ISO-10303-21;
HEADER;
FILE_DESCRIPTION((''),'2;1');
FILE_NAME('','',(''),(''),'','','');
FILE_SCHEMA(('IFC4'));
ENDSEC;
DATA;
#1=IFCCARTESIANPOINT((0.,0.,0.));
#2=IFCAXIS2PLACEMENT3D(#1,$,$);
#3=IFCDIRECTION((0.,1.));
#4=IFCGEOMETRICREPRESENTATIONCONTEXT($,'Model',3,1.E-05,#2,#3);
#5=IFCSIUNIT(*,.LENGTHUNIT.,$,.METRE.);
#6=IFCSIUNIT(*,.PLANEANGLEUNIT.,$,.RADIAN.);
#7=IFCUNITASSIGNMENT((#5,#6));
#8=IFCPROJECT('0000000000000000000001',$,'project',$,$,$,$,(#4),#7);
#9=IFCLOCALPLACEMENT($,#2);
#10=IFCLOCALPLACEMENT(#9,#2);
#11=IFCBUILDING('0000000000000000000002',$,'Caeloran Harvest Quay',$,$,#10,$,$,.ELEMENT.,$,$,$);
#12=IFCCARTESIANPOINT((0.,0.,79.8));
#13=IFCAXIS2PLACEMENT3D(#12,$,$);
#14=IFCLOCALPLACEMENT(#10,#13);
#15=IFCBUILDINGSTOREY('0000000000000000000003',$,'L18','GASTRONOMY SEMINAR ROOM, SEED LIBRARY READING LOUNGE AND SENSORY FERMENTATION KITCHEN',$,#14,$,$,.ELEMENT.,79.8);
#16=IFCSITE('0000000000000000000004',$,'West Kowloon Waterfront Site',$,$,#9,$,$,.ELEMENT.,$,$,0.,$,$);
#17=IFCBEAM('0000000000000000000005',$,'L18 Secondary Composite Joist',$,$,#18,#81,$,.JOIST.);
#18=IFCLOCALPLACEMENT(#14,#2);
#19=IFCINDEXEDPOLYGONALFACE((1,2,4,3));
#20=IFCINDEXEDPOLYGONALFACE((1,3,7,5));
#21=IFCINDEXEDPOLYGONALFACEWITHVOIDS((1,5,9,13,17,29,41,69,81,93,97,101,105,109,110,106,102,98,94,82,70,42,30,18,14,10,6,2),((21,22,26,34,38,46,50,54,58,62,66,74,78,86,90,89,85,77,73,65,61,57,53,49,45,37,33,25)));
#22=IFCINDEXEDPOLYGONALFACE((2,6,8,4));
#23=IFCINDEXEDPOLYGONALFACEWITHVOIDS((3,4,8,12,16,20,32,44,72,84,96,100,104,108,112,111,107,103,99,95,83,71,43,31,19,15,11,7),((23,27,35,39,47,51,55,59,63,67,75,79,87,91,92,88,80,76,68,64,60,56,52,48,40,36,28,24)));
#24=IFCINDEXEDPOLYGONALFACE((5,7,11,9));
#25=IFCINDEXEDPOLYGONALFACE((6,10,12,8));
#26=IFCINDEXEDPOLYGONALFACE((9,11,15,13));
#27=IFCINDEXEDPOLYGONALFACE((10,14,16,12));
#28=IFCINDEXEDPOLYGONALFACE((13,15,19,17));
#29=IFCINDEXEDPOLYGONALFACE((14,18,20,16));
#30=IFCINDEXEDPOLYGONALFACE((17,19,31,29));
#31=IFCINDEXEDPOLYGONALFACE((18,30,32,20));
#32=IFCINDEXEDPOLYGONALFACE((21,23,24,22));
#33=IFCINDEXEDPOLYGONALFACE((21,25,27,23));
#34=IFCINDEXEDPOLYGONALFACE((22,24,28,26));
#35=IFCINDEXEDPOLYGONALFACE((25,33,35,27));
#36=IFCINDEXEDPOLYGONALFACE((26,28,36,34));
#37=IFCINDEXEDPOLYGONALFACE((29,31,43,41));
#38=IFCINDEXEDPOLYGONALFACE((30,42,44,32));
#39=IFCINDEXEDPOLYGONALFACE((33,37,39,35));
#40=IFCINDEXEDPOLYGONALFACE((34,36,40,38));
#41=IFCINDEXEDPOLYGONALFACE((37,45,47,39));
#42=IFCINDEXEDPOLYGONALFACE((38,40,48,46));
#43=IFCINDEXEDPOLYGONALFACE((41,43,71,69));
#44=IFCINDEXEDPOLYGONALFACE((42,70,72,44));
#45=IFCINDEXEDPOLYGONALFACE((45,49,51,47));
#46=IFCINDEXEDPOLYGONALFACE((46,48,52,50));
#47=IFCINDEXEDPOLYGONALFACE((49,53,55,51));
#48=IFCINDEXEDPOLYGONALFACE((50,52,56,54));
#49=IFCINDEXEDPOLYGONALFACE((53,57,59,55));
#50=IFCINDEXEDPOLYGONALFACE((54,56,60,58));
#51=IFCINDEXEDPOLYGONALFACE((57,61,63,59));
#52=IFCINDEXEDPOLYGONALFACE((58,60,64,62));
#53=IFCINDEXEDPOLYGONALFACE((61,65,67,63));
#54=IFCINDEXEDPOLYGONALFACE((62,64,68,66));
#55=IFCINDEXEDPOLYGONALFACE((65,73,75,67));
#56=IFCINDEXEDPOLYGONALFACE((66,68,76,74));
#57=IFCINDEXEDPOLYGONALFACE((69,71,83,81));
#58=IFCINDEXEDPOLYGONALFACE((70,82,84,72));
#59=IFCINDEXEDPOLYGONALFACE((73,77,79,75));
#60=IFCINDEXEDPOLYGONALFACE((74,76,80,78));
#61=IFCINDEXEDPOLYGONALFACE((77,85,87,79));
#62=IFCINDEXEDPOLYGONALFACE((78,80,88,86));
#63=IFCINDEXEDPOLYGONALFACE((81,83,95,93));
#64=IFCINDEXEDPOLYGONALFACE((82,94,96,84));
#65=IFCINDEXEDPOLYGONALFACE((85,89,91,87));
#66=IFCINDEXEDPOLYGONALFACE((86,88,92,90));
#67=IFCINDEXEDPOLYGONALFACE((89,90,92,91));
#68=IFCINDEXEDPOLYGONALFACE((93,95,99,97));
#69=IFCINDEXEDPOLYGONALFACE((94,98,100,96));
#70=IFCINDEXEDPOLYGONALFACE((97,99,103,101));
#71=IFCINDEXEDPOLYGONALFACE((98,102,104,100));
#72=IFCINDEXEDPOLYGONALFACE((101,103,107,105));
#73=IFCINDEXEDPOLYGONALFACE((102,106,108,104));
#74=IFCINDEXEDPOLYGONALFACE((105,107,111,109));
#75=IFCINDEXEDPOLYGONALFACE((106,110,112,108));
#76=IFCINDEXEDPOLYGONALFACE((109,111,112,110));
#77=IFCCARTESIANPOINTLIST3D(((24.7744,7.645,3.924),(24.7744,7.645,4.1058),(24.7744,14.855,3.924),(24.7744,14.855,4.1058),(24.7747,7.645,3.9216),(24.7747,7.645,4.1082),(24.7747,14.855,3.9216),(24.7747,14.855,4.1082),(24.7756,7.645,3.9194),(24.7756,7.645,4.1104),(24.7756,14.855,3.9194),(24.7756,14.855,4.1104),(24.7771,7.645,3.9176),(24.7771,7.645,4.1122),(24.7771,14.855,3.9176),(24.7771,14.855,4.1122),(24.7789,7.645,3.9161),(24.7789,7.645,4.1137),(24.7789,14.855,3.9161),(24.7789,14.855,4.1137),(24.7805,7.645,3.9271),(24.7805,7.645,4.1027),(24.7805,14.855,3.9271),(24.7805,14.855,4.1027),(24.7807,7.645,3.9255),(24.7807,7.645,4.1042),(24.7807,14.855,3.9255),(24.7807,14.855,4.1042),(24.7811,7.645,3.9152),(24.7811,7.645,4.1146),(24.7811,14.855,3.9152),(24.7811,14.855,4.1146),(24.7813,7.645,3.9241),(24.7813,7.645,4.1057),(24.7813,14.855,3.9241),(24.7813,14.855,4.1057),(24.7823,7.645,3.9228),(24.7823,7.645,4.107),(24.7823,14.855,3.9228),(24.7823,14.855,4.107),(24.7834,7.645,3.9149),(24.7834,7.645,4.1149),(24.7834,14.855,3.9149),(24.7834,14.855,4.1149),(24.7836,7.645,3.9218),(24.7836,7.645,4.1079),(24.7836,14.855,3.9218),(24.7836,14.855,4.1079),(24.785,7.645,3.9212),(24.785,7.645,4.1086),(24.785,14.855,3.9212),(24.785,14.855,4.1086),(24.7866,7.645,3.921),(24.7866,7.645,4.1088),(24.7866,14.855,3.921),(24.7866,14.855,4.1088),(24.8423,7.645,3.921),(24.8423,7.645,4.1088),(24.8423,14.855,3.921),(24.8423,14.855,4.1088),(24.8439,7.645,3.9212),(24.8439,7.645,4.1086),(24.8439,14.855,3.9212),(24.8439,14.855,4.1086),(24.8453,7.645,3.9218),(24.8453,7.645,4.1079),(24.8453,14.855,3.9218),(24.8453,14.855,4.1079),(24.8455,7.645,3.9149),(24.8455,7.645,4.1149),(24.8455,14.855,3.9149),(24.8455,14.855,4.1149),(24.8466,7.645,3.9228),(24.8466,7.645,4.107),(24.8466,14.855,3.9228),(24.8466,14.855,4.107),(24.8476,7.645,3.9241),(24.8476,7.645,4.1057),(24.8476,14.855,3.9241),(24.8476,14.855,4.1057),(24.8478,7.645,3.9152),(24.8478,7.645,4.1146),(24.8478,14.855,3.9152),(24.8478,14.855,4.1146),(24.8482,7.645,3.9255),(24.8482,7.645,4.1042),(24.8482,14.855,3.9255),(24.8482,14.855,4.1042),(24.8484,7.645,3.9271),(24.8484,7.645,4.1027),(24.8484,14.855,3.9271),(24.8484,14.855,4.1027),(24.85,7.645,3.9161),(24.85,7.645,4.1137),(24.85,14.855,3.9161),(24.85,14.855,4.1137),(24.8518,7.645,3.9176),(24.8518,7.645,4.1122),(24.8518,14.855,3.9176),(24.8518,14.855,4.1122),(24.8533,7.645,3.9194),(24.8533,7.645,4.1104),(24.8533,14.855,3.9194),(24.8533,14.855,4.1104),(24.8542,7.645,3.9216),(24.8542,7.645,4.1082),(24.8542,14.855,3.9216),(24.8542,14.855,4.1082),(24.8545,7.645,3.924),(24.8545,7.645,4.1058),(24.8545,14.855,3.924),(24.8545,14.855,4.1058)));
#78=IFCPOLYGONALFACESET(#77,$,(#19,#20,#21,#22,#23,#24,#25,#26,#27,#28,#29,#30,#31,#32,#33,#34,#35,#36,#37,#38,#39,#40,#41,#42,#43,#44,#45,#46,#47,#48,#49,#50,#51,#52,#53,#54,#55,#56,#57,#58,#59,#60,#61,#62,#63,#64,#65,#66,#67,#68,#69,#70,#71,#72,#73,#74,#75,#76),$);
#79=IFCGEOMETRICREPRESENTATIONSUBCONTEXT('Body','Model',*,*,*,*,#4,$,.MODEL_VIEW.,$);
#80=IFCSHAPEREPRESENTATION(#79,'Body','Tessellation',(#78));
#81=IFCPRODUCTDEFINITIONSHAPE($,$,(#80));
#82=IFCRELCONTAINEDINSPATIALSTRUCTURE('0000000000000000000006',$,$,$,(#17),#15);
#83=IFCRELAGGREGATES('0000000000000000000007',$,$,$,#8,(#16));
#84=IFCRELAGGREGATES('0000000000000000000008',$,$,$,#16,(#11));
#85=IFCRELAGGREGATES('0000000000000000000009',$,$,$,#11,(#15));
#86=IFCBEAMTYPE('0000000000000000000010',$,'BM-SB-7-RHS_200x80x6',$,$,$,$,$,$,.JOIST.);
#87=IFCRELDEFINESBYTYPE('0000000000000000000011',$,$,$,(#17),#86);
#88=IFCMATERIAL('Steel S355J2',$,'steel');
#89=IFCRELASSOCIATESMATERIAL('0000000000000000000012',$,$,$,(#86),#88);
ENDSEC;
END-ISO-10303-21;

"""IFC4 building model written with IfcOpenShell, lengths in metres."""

from ifc_helpers import new_model, si_unit, direction, frame, origin, origin_2d, place, context, subcontext, project, spatial, hollow_rectangle, extrude, material, material_profile, profile_set, type_object, element, save


model = new_model("IFC4")

# Units and contexts
model_context = context("Model", 3, precision=1e-05, world=origin(), true_north=direction((0.0, 1.0)))
body_context = subcontext(model_context, "Body", "Model", "MODEL_VIEW")
ifc_project = project(units=[si_unit("LENGTHUNIT", "METRE"), si_unit("PLANEANGLEUNIT", "RADIAN")], contexts=[model_context])

# Site, building, storey
site_placement = place(None, origin())
site = spatial("IfcSite", under=ifc_project, at=site_placement, Name="West Kowloon Waterfront Site", CompositionType="ELEMENT", RefElevation=0.0)
building_placement = place(site_placement, origin())
building = spatial("IfcBuilding", under=site, at=building_placement, Name="Caeloran Harvest Quay", CompositionType="ELEMENT")
storey_placement = place(building_placement, frame((0.0, 0.0, 79.8)))
storey = spatial("IfcBuildingStorey", under=building, at=storey_placement, Name="L18", Description="GASTRONOMY SEMINAR ROOM, SEED LIBRARY READING LOUNGE AND SENSORY FERMENTATION KITCHEN", CompositionType="ELEMENT", Elevation=79.8)

# Beam
ifc_material_1 = material(Name="Steel S355J2", Category="steel")
ifc_material_profile_1 = material_profile(ifc_material_1, hollow_rectangle(XDim=0.0801, YDim=0.2, WallThickness=0.0061, InnerFilletRadius=0.0061, OuterFilletRadius=0.009, at=origin_2d()), Name="RHS 200x80x6")
ifc_profile_set_1 = profile_set([ifc_material_profile_1], Name="Steel S355J2")
beam_type_1 = type_object("IfcBeamType", Name="BM-SB-7-RHS_200x80x6", PredefinedType="JOIST", material=ifc_profile_set_1)
for number, where, z_axis, x_axis, name in (
    (1, (24.8145, 7.645, 4.0149), (0.0, 1.0, 0.0), (-1.0, 0.0, 0.0), "L18 Secondary Composite Joist"),
):
    element("IfcBeam", number, at=place(storey_placement, frame(where, z_axis=z_axis, x_axis=x_axis)), inside=storey, type_object=beam_type_1, Name=name, PredefinedType="JOIST", context=body_context, shape_type="SweptSolid", body=[
        extrude(hollow_rectangle(XDim=0.0801, YDim=0.2, WallThickness=0.0061, InnerFilletRadius=0.0061, OuterFilletRadius=0.009, at=origin_2d()), origin(), (0.0, 0.0, 1.0), 7.21),
    ])

save(model, "model.ifc")
